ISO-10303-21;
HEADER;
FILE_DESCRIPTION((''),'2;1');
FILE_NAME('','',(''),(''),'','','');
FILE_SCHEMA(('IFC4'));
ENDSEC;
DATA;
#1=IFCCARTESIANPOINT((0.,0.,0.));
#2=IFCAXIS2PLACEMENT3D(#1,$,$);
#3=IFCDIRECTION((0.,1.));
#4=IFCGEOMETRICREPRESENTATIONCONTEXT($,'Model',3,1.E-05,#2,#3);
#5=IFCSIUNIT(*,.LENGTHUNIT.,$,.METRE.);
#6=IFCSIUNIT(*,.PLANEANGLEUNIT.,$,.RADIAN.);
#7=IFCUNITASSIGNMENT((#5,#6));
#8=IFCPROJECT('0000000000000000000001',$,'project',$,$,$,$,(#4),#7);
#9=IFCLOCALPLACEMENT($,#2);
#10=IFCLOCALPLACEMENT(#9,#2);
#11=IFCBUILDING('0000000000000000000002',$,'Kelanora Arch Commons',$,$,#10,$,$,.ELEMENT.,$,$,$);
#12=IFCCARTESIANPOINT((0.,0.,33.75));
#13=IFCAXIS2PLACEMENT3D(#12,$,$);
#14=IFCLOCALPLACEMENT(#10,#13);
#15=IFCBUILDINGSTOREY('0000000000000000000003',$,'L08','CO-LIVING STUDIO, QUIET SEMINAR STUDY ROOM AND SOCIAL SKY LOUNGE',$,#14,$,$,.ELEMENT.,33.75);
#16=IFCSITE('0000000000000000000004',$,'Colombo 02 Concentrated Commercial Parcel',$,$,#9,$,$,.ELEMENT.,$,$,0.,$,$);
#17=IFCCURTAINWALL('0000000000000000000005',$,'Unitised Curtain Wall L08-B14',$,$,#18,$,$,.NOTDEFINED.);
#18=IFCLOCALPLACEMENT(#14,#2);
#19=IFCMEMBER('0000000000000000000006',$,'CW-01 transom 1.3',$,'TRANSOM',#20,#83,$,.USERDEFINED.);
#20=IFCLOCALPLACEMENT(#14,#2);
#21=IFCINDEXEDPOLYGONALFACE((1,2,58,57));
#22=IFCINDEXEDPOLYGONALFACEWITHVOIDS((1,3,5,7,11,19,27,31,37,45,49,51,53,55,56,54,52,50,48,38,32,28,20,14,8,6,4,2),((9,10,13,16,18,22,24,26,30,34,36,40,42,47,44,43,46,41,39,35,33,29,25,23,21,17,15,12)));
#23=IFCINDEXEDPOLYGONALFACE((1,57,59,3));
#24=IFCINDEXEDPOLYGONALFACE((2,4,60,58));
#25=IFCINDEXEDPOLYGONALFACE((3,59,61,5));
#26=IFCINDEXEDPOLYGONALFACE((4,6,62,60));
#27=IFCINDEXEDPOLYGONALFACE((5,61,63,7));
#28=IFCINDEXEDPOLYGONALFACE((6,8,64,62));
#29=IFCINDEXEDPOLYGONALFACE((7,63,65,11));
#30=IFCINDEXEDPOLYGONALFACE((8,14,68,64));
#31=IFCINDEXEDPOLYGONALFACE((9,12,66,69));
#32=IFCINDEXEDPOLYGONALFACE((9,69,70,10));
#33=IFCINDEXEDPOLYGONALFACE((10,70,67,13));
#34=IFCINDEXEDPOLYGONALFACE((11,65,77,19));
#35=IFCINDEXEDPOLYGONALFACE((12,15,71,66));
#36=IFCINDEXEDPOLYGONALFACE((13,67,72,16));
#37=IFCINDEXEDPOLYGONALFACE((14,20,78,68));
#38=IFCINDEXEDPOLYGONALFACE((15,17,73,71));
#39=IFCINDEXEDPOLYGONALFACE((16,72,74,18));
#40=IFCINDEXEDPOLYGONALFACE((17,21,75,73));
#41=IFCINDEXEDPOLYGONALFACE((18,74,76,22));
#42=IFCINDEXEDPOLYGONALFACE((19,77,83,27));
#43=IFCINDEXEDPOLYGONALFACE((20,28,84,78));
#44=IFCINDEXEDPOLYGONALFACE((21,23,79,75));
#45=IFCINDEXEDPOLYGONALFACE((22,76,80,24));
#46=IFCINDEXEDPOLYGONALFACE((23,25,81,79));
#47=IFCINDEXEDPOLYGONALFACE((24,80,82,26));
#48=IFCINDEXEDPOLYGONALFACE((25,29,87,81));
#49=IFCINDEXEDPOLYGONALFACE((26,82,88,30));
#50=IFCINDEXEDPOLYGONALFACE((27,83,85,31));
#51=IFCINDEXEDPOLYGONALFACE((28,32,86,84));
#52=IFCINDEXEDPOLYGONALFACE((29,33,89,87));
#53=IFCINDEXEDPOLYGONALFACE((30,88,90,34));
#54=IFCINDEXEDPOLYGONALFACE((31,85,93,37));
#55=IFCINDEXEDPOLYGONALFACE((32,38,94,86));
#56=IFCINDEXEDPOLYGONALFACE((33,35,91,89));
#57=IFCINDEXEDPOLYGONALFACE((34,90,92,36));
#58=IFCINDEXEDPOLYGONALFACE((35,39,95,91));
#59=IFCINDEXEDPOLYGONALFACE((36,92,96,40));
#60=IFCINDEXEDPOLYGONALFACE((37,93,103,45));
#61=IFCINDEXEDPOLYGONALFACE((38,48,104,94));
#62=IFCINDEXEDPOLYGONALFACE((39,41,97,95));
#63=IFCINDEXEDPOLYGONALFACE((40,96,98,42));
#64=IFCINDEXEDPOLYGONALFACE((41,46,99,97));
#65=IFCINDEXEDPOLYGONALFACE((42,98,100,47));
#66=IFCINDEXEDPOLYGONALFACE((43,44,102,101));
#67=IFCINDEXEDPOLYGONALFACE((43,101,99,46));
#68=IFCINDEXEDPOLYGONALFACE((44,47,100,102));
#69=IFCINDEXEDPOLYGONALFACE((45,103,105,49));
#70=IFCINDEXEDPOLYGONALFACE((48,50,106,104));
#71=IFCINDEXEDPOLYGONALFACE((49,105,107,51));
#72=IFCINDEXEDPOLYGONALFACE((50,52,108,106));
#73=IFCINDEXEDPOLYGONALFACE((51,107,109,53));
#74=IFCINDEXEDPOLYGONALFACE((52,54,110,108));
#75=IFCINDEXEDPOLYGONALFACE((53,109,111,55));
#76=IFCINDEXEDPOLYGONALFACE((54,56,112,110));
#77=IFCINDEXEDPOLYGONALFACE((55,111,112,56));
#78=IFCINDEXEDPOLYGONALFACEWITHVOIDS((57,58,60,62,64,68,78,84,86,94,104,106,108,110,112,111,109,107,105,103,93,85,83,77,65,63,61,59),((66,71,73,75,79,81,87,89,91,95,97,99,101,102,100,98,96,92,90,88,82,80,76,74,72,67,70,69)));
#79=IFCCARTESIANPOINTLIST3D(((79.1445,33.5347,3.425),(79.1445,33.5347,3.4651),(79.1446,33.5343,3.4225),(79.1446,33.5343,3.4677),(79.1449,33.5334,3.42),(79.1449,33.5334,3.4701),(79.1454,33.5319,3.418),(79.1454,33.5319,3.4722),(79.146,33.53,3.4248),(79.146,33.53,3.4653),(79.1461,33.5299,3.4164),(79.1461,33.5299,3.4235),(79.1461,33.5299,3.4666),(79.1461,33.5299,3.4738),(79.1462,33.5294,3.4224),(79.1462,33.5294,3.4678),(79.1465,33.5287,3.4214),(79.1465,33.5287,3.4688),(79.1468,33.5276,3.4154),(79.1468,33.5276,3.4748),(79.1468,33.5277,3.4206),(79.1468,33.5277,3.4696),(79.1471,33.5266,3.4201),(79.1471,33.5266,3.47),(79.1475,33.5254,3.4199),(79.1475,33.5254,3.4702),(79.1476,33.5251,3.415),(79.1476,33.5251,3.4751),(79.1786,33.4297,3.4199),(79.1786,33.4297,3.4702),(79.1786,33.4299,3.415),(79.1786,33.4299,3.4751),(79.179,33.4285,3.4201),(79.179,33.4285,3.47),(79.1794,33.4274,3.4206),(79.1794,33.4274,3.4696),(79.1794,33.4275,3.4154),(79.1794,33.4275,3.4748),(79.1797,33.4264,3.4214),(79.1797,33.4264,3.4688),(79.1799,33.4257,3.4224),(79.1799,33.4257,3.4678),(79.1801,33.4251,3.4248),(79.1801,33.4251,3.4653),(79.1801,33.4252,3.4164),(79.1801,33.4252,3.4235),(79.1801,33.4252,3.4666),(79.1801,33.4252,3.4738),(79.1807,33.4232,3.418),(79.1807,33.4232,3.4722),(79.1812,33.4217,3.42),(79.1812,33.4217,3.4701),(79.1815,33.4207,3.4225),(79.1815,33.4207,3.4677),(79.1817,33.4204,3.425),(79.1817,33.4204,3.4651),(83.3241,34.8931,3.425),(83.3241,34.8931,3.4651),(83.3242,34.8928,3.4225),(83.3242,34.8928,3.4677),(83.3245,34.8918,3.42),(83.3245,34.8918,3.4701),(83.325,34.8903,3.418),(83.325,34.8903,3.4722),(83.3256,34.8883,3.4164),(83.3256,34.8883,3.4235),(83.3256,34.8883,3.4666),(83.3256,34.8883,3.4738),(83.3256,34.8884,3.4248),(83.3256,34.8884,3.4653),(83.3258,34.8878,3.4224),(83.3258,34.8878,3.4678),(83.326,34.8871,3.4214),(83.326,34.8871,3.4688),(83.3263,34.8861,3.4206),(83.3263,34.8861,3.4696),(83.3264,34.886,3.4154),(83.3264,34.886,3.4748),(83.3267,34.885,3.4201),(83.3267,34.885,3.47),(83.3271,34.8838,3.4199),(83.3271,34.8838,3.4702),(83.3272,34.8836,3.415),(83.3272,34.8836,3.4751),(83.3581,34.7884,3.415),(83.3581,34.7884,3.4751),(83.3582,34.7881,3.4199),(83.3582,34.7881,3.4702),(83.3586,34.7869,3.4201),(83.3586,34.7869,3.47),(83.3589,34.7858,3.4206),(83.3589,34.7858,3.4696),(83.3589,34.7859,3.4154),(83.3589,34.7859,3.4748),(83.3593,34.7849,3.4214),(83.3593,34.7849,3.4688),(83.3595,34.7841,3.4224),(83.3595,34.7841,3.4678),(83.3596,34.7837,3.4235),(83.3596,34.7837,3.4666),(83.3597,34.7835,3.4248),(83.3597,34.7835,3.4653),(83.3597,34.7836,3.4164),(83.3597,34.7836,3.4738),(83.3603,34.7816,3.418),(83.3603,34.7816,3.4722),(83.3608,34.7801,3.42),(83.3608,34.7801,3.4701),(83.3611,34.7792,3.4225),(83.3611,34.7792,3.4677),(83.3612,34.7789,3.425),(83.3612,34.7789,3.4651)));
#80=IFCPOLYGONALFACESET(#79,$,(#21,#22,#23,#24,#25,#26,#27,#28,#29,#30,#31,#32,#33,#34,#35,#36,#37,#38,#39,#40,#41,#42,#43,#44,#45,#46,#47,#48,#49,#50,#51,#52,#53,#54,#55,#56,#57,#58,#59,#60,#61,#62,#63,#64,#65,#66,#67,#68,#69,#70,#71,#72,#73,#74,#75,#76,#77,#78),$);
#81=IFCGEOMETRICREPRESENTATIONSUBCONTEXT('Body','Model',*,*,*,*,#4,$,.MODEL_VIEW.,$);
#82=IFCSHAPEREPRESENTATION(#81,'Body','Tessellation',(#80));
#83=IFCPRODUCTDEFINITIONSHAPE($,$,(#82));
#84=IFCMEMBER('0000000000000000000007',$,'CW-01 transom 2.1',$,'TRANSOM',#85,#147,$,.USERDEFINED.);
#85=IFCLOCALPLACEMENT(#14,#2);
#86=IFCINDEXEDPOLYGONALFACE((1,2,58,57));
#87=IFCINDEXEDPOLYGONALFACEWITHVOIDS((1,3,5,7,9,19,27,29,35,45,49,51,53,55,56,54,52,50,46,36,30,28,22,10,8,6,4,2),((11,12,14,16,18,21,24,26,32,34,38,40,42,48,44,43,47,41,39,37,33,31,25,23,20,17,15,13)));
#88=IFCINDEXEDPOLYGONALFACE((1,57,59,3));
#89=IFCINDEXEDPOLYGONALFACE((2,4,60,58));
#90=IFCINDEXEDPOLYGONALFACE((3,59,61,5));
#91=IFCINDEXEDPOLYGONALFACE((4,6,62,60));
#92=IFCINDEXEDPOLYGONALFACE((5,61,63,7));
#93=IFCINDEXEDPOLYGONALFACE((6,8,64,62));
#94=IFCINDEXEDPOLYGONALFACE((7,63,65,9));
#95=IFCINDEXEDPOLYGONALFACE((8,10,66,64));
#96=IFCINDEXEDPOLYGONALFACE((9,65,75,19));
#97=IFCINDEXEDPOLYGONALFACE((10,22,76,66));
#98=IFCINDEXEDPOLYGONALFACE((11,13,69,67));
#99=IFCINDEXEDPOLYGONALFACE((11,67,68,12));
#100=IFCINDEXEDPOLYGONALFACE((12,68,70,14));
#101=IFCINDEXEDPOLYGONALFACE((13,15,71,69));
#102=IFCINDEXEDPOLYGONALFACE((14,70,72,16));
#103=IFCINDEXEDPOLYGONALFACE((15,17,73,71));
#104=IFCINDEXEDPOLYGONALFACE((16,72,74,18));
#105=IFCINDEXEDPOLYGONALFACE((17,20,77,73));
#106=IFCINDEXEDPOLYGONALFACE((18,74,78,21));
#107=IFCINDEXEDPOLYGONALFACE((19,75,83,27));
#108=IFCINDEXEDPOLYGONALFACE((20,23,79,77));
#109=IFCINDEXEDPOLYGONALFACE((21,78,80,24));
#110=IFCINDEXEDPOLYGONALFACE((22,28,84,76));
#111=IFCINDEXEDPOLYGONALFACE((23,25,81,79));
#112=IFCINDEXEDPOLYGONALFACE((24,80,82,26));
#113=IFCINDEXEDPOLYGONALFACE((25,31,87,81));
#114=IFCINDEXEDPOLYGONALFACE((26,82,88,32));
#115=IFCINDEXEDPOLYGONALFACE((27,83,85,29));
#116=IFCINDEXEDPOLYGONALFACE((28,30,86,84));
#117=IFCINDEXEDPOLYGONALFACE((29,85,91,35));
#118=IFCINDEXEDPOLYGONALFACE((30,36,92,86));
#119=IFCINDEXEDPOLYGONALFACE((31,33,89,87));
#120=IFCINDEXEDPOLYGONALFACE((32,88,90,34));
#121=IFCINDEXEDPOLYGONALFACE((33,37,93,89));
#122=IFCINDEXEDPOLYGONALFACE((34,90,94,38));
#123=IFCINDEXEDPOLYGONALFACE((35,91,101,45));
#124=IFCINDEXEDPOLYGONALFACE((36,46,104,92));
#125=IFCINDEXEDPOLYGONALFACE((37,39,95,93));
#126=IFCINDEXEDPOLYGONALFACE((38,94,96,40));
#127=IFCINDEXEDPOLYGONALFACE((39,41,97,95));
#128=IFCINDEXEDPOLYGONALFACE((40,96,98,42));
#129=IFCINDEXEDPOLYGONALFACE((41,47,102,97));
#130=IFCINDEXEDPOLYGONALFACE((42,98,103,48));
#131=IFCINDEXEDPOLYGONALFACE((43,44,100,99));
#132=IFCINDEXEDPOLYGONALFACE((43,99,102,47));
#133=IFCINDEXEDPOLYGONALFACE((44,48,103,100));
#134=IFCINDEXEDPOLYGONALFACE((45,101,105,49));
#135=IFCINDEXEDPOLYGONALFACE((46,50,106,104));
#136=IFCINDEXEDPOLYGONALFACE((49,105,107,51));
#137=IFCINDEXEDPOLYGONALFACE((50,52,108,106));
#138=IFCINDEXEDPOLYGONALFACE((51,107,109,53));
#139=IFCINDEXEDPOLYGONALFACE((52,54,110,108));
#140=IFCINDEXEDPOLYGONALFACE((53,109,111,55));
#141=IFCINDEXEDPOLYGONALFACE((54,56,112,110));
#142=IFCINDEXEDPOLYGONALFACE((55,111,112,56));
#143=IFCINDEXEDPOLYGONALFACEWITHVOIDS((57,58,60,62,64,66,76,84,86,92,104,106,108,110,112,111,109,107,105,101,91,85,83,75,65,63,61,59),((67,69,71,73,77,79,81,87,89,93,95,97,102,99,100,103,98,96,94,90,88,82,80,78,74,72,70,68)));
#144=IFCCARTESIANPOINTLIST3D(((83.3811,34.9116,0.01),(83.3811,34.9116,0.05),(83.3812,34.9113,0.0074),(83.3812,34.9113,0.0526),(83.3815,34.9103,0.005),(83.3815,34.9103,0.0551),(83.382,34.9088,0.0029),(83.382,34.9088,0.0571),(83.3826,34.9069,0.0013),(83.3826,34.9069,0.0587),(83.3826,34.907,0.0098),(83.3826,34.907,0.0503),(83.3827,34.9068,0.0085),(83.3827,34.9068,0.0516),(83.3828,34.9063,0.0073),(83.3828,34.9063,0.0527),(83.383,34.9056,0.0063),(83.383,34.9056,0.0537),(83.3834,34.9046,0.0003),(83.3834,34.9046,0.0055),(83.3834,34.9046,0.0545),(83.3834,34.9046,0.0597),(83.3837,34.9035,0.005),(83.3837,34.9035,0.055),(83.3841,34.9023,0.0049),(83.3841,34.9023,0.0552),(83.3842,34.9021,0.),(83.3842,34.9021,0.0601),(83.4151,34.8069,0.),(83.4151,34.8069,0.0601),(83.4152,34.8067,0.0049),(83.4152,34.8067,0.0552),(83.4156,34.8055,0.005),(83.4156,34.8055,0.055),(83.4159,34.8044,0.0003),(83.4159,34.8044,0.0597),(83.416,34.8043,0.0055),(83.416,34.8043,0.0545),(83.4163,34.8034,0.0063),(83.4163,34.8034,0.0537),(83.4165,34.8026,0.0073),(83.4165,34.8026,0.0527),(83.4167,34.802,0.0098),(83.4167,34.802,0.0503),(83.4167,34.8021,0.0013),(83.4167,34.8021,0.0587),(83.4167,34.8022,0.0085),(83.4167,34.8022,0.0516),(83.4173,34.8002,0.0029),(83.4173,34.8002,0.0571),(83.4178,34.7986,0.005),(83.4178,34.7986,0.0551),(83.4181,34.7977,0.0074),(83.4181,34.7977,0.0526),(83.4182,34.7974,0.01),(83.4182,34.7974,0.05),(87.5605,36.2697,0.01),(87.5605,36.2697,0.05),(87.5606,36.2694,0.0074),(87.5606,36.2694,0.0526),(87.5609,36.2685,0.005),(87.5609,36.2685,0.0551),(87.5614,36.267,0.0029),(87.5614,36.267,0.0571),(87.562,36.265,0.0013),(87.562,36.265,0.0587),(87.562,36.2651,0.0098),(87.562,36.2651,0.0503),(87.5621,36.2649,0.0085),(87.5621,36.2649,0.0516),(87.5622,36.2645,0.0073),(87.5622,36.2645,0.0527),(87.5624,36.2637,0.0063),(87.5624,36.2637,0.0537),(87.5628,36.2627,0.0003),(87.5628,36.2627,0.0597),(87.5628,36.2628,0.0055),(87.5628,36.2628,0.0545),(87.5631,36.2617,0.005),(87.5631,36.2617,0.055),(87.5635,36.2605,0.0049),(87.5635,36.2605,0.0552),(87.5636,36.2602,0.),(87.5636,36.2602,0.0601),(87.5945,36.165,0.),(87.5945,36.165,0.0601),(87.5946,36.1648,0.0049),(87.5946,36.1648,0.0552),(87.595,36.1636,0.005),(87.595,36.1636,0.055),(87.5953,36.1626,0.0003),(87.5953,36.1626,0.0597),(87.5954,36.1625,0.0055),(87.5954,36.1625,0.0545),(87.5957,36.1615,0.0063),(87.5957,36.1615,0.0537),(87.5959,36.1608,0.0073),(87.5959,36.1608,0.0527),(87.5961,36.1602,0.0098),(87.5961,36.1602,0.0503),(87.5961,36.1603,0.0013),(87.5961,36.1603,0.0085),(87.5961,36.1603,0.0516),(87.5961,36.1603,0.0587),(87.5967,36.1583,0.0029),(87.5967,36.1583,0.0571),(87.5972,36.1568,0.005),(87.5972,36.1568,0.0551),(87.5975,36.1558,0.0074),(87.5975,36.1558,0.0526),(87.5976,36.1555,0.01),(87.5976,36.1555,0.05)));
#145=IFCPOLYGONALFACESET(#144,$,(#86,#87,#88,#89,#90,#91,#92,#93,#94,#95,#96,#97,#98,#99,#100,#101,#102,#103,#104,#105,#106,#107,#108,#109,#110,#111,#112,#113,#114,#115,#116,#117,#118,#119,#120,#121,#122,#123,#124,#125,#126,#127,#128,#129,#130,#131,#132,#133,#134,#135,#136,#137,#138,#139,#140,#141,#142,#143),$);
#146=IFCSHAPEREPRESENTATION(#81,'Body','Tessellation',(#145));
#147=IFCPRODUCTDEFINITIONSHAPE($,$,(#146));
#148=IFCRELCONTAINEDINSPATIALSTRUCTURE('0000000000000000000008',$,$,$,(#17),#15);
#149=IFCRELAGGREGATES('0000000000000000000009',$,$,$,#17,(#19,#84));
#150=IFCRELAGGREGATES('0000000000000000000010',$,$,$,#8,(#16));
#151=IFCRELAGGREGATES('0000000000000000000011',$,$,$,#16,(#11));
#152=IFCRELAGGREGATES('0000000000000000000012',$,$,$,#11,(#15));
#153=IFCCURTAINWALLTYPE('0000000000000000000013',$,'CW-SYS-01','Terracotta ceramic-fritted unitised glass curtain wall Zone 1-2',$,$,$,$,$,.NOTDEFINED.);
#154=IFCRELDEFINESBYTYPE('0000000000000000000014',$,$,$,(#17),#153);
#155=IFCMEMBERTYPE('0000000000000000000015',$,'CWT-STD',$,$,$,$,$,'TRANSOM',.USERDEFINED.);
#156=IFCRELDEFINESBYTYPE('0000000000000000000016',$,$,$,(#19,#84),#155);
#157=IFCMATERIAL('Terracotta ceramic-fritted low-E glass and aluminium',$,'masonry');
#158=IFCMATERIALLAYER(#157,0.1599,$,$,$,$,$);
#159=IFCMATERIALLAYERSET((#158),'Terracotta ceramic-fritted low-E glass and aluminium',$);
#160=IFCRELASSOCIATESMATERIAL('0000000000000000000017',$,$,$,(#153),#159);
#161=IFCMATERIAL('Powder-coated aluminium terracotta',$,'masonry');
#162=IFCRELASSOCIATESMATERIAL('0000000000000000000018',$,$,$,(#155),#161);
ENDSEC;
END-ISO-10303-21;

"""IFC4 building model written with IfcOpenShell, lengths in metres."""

from ifc_helpers import new_model, si_unit, direction, frame, origin, origin_2d, place, context, subcontext, project, spatial, hollow_rectangle, extrude, material, layer, layer_set, material_profile, profile_set, type_object, element, aggregate, save


model = new_model("IFC4")

# Units and contexts
model_context = context("Model", 3, precision=1e-05, world=origin(), true_north=direction((0.0, 1.0)))
body_context = subcontext(model_context, "Body", "Model", "MODEL_VIEW")
ifc_project = project(units=[si_unit("LENGTHUNIT", "METRE"), si_unit("PLANEANGLEUNIT", "RADIAN")], contexts=[model_context])

# Site, building, storey
site_placement = place(None, origin())
site = spatial("IfcSite", under=ifc_project, at=site_placement, Name="Colombo 02 Concentrated Commercial Parcel", CompositionType="ELEMENT", RefElevation=0.0)
building_placement = place(site_placement, origin())
building = spatial("IfcBuilding", under=site, at=building_placement, Name="Kelanora Arch Commons", CompositionType="ELEMENT")
storey_placement = place(building_placement, frame((0.0, 0.0, 33.75)))
storey = spatial("IfcBuildingStorey", under=building, at=storey_placement, Name="L08", Description="CO-LIVING STUDIO, QUIET SEMINAR STUDY ROOM AND SOCIAL SKY LOUNGE", CompositionType="ELEMENT", Elevation=33.75)

# Curtain wall, members
ifc_material_1 = material(Name="Terracotta ceramic-fritted low-E glass and aluminium", Category="masonry")
ifc_layer_1 = layer(ifc_material_1, 0.1599)
ifc_layer_set_1 = layer_set([ifc_layer_1], Name="Terracotta ceramic-fritted low-E glass and aluminium")
curtain_wall_type = type_object("IfcCurtainWallType", Name="CW-SYS-01", Description="Terracotta ceramic-fritted unitised glass curtain wall Zone 1-2", PredefinedType="NOTDEFINED", material=ifc_layer_set_1)
curtain_wall_placement = place(storey_placement, origin())
curtain_wall = element("IfcCurtainWall", 1, at=curtain_wall_placement, inside=storey, type_object=curtain_wall_type, Name="Unitised Curtain Wall L08-B14", PredefinedType="NOTDEFINED")
ifc_material_2 = material(Name="Powder-coated aluminium terracotta", Category="masonry")
ifc_material_profile_1 = material_profile(ifc_material_2, hollow_rectangle(XDim=0.1201, YDim=0.0601, WallThickness=0.0049, InnerFilletRadius=0.0049, OuterFilletRadius=0.01, at=origin_2d()), Name="CWT120x60")
ifc_profile_set_1 = profile_set([ifc_material_profile_1], Name="Powder-coated aluminium terracotta")
member_type_1 = type_object("IfcMemberType", Name="CWT-STD", ElementType="TRANSOM", PredefinedType="USERDEFINED", material=ifc_profile_set_1)
member_1_placement = place(storey_placement, frame((79.1631, 33.4775, 3.4451), z_axis=(0.951029, 0.309102, 0.0), x_axis=(-0.309102, 0.951029, 0.0)))
member_1 = element("IfcMember", 2, at=member_1_placement, type_object=member_type_1, Name="CW-01 transom 1.3", ObjectType="TRANSOM", PredefinedType="USERDEFINED", context=body_context, shape_type="SweptSolid", body=[
    extrude(hollow_rectangle(XDim=0.1201, YDim=0.0601, WallThickness=0.0049, InnerFilletRadius=0.0049, OuterFilletRadius=0.01, at=origin_2d()), origin(), (0.0, 0.0, 1.0), 4.3948),
])
member_2_placement = place(storey_placement, frame((83.3997, 34.8545, 0.03), z_axis=(0.951045, 0.309052, 0.0), x_axis=(-0.309052, 0.951045, 0.0)))
member_2 = element("IfcMember", 3, at=member_2_placement, type_object=member_type_1, Name="CW-01 transom 2.1", ObjectType="TRANSOM", PredefinedType="USERDEFINED", context=body_context, shape_type="SweptSolid", body=[
    extrude(hollow_rectangle(XDim=0.1201, YDim=0.0601, WallThickness=0.0049, InnerFilletRadius=0.0049, OuterFilletRadius=0.01, at=origin_2d()), origin(), (0.0, 0.0, 1.0), 4.3945),
])
aggregate(curtain_wall, [member_1, member_2])

save(model, "model.ifc")
